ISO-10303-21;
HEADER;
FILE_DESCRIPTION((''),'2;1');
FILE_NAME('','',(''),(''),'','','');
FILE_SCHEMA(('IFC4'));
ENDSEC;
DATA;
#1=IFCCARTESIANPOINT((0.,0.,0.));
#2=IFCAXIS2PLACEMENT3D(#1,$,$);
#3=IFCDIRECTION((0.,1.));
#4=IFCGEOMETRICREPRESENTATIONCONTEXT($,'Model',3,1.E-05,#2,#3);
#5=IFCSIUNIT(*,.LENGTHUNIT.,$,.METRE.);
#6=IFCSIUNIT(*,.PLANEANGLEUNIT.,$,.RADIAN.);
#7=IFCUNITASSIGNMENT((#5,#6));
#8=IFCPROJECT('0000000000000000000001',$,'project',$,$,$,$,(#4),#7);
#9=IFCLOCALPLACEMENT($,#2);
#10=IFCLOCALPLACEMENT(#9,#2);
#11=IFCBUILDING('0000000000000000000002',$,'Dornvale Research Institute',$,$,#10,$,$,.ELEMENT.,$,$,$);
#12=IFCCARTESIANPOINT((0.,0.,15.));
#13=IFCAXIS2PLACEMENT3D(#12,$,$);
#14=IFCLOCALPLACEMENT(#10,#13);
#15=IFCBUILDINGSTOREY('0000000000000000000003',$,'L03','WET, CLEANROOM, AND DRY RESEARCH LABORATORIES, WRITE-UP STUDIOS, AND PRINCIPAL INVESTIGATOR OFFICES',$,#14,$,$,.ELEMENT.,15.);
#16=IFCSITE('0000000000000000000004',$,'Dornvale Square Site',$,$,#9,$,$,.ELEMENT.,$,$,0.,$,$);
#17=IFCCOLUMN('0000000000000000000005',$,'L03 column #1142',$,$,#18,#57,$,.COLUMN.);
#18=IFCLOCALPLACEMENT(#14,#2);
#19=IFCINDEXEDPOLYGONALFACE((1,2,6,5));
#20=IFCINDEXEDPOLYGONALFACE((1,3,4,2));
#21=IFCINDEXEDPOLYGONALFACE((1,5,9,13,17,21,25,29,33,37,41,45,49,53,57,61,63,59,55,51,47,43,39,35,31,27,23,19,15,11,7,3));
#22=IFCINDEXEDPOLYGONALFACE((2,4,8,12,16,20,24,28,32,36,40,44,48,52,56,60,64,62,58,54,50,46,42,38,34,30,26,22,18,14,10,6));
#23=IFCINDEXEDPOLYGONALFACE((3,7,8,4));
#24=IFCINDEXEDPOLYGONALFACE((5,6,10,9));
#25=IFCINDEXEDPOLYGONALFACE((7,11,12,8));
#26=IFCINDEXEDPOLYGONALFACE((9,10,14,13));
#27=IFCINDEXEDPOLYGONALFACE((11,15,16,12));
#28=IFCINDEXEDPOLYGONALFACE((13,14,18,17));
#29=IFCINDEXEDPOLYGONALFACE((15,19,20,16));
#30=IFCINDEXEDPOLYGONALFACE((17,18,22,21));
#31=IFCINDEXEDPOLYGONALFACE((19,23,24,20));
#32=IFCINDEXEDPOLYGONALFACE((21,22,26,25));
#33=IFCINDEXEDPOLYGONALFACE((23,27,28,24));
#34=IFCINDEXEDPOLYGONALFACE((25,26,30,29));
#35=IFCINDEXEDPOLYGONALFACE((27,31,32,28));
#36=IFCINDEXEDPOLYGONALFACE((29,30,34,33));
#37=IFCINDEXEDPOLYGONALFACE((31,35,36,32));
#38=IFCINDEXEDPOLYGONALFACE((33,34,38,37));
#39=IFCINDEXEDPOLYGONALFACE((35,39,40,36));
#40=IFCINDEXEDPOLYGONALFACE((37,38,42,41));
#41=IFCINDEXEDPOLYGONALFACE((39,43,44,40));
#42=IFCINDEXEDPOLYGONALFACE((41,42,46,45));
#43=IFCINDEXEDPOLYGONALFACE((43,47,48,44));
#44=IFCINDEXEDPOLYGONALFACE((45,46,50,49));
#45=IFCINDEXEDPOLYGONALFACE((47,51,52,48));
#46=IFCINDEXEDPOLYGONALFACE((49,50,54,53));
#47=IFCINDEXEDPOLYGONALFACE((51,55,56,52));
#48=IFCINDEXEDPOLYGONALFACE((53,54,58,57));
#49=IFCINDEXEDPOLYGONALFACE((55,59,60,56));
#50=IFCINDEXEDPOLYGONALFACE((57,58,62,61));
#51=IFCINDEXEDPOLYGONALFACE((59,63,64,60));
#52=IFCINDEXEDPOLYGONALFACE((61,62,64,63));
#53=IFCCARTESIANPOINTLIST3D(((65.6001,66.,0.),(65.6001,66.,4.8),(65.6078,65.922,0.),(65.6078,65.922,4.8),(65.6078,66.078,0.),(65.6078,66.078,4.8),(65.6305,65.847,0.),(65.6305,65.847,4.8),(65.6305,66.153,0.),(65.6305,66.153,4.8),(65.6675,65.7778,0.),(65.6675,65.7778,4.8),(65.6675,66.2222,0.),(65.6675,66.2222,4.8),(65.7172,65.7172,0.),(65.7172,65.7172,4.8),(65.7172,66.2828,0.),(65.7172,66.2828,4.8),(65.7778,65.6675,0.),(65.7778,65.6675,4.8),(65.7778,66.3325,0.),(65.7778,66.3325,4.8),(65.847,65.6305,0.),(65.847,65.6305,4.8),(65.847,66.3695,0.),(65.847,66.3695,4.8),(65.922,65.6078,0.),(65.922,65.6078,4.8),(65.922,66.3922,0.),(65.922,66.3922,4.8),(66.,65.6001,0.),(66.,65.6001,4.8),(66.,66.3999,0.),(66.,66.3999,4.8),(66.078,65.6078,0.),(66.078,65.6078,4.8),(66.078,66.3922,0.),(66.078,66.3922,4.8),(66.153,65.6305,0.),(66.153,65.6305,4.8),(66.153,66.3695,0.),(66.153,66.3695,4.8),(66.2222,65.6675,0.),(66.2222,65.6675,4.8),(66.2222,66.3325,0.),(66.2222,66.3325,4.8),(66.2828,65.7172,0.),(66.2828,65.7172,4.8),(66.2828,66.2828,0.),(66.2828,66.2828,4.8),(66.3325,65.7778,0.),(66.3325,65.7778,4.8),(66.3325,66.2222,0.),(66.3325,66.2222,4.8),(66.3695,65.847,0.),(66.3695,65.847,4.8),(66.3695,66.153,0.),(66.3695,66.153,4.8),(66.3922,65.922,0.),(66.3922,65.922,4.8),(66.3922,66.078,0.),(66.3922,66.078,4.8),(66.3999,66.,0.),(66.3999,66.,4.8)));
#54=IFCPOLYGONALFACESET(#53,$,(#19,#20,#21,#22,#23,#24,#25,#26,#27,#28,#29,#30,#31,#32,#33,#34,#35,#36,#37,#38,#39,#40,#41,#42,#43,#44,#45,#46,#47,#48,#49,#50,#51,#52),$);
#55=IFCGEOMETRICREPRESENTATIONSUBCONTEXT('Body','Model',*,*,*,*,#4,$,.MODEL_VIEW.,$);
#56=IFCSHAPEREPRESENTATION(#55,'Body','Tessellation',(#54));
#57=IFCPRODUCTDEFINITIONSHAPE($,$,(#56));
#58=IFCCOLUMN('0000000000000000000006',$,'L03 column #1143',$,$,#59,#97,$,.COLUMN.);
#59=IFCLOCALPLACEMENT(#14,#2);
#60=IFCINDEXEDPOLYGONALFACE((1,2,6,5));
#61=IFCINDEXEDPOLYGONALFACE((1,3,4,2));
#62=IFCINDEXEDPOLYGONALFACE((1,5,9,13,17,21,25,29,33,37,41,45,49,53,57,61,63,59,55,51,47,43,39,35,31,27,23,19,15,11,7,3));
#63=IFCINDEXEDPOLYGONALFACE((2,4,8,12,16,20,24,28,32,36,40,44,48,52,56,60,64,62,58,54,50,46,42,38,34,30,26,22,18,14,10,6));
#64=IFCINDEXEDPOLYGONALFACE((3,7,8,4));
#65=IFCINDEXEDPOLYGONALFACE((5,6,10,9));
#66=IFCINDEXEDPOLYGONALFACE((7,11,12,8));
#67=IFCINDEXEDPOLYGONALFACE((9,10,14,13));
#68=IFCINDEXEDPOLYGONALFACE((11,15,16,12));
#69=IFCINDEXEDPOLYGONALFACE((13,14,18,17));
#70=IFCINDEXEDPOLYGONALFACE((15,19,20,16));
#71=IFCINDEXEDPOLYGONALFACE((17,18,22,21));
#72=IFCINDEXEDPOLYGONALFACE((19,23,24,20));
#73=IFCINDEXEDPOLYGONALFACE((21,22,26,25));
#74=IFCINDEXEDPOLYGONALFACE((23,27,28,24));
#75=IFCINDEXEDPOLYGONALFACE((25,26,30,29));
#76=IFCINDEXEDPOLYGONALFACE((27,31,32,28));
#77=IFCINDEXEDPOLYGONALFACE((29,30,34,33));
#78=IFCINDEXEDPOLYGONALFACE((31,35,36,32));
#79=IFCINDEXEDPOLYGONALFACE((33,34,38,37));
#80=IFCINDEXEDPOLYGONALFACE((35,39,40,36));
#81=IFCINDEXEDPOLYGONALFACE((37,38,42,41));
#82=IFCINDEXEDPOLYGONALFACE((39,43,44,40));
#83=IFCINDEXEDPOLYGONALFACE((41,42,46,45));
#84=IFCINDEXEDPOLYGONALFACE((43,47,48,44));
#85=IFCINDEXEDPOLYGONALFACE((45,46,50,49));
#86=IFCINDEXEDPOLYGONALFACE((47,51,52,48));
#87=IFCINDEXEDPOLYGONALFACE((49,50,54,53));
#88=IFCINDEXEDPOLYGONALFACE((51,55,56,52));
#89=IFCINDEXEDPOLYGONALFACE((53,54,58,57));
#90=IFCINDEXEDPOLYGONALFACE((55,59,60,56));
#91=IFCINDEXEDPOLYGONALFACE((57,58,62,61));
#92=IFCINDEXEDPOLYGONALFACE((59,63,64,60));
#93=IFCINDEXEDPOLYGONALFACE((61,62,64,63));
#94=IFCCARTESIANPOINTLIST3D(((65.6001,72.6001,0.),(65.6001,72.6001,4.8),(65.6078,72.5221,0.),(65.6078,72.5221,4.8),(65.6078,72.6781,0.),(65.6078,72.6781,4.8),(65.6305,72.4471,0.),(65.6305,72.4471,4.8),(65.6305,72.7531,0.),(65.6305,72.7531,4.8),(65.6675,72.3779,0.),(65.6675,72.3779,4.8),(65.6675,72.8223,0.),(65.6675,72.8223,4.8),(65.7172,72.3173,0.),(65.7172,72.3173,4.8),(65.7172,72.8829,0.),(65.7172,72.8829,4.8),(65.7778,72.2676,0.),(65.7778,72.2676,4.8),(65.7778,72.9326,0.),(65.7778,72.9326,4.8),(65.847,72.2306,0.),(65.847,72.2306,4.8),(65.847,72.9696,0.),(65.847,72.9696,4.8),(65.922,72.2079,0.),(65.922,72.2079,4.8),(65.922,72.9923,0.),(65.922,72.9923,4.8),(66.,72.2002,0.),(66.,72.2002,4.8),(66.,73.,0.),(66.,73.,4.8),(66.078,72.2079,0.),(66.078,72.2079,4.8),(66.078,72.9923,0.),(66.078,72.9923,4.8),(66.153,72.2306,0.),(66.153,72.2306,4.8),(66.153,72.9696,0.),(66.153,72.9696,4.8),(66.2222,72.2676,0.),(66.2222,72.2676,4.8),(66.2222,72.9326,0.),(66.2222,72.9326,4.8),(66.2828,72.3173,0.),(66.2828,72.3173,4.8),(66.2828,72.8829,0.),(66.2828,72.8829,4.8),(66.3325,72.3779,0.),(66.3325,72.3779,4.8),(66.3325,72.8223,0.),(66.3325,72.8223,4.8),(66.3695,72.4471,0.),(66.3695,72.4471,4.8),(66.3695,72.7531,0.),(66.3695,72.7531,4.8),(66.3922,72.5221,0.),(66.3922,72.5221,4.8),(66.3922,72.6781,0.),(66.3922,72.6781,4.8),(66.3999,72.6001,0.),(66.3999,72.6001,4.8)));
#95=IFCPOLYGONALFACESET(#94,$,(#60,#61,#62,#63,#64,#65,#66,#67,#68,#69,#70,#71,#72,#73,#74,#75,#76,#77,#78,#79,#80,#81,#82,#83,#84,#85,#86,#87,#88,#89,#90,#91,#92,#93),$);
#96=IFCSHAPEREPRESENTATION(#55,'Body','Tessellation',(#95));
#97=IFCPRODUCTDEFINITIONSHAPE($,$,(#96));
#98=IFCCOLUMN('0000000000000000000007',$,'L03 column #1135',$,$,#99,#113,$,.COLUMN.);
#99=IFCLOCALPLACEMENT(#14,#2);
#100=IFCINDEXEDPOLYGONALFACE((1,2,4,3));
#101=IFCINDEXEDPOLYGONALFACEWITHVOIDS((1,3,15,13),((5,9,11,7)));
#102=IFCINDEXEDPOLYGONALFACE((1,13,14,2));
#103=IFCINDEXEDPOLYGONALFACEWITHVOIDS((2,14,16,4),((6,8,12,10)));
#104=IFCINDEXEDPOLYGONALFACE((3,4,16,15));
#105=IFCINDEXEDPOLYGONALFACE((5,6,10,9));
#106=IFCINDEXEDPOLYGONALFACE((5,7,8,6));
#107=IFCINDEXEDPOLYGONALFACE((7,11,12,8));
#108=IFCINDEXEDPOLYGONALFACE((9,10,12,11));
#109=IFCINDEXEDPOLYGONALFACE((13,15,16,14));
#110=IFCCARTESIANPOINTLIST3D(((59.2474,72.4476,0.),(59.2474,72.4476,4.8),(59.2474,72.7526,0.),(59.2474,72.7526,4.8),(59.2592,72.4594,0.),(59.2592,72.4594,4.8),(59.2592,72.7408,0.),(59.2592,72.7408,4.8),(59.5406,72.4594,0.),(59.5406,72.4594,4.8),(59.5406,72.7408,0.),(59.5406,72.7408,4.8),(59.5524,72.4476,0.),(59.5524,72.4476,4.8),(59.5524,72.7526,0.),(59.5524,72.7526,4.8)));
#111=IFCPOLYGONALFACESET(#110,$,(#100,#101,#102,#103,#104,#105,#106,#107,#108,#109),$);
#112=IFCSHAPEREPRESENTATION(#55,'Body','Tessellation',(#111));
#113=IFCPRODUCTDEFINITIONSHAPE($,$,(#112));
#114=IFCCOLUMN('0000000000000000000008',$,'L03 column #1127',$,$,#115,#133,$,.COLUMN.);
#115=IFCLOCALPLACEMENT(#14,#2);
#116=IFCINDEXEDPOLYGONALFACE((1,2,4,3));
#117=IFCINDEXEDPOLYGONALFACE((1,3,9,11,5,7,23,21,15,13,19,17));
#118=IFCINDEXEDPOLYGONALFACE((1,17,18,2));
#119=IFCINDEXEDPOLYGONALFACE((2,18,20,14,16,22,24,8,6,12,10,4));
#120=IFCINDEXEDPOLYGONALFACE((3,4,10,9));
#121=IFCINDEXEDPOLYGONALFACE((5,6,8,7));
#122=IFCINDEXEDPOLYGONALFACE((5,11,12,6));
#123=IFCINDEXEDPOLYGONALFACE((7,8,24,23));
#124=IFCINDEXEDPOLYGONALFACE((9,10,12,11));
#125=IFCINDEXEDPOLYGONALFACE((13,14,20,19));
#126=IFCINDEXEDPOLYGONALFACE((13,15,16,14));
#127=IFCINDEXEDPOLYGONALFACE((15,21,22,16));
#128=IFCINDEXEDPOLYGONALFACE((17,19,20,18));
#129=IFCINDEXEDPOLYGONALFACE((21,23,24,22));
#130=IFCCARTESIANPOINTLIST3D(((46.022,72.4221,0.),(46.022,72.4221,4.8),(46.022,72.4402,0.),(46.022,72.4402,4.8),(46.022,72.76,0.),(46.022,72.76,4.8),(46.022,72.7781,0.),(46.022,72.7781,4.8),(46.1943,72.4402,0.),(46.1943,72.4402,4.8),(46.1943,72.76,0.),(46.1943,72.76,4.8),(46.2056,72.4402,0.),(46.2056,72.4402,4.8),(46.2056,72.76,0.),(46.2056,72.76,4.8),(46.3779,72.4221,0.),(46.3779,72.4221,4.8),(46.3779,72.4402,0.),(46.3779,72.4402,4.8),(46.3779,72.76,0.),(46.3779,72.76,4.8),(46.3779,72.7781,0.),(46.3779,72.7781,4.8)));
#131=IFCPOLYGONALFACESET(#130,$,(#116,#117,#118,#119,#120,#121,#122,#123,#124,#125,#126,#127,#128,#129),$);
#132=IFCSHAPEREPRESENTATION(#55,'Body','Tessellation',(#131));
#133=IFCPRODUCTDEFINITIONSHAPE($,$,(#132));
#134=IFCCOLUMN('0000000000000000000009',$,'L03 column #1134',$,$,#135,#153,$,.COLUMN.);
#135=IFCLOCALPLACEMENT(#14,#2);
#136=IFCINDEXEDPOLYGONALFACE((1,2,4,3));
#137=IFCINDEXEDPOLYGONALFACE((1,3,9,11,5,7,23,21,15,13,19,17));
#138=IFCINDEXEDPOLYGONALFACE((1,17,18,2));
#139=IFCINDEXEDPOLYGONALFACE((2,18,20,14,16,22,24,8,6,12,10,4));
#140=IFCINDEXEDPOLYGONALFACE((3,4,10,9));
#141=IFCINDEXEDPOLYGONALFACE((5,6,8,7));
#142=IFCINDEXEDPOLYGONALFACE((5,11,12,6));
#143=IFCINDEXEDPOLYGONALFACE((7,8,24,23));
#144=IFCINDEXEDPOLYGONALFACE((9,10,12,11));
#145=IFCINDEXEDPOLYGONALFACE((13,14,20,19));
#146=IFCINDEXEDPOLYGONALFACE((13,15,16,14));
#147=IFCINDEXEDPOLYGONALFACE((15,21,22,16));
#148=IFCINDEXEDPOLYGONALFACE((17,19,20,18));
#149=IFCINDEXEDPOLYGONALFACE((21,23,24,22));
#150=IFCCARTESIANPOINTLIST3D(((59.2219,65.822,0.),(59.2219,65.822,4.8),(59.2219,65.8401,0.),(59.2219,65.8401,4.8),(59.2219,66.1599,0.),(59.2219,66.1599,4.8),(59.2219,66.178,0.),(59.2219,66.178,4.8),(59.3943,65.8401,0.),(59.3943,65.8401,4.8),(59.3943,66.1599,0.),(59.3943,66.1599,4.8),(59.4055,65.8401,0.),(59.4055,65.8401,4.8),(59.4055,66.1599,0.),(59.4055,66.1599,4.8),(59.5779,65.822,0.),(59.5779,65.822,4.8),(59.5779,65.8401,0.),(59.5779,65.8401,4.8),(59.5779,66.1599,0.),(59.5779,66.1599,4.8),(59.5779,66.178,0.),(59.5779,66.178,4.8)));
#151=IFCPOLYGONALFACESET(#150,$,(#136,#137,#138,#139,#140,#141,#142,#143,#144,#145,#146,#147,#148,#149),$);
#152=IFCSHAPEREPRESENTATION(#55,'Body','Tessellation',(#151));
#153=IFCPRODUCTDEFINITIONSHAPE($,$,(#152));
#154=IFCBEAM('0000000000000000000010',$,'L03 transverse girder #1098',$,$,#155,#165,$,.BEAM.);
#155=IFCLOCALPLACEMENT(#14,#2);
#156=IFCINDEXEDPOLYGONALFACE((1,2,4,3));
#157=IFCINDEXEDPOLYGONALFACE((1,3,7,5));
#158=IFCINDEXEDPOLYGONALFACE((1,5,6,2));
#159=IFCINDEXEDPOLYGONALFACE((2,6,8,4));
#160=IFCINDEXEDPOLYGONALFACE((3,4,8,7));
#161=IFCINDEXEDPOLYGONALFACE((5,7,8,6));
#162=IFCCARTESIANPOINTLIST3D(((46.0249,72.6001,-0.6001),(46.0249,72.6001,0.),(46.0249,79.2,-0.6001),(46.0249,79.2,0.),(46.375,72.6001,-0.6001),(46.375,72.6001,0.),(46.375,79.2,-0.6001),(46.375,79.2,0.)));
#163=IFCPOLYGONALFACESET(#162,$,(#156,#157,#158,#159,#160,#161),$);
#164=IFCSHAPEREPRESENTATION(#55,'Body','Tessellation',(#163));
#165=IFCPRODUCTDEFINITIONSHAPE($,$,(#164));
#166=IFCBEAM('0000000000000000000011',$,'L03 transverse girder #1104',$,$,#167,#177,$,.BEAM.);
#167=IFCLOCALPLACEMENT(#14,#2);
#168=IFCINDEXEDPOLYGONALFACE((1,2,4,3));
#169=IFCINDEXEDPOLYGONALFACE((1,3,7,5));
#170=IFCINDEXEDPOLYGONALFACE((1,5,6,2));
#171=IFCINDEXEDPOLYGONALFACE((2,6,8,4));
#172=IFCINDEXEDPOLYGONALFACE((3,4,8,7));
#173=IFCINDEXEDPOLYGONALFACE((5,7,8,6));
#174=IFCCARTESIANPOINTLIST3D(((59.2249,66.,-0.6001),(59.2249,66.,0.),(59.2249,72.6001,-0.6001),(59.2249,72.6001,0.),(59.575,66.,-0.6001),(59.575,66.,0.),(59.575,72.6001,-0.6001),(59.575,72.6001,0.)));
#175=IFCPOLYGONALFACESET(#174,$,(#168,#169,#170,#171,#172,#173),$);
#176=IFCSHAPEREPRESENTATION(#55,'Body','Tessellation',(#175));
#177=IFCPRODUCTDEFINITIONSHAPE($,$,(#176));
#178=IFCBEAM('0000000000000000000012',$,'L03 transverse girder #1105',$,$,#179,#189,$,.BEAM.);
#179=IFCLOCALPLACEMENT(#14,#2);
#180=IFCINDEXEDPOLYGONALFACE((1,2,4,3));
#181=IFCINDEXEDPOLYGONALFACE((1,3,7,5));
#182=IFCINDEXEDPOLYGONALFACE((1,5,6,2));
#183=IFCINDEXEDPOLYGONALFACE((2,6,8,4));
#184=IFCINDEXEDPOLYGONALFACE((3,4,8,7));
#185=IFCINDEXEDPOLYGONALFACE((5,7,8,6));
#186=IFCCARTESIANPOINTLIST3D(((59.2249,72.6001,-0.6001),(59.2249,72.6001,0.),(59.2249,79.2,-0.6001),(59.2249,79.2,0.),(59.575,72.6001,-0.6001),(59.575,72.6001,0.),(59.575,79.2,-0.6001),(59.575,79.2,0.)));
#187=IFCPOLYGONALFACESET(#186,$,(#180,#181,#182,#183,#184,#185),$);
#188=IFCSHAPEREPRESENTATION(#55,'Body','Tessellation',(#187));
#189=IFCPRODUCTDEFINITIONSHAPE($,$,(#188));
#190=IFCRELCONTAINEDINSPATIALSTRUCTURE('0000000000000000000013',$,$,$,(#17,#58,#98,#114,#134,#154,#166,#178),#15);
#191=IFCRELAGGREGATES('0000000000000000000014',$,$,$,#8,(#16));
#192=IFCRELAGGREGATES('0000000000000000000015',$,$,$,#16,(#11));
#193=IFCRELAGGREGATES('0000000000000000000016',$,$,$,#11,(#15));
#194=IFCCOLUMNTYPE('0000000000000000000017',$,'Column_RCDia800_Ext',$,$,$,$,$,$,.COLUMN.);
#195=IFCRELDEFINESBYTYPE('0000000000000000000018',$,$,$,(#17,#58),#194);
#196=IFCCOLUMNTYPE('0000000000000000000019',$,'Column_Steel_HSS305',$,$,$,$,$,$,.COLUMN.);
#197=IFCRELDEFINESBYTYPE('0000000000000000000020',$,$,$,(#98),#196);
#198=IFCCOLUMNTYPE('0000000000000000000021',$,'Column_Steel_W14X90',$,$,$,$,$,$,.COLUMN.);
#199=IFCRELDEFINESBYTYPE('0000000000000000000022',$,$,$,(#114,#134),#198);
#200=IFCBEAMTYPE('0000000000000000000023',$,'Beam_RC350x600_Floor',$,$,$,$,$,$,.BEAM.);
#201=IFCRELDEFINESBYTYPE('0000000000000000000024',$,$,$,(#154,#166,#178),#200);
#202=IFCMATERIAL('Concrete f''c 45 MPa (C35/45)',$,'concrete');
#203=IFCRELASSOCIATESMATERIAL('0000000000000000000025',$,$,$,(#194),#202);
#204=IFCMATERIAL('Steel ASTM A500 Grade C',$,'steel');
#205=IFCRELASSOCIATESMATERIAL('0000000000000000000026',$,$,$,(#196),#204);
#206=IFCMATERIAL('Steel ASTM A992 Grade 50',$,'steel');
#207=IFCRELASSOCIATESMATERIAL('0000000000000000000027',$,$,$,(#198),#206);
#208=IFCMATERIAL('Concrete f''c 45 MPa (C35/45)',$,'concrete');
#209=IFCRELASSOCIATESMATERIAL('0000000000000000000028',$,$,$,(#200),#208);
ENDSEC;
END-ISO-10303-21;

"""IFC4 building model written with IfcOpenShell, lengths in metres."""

from ifc_helpers import new_model, si_unit, direction, frame, origin, origin_2d, place, context, subcontext, project, spatial, rectangle, hollow_rectangle, circle, i_section, extrude, material, material_profile, profile_set, type_object, element, save


model = new_model("IFC4")

# Units and contexts
model_context = context("Model", 3, precision=1e-05, world=origin(), true_north=direction((0.0, 1.0)))
body_context = subcontext(model_context, "Body", "Model", "MODEL_VIEW")
ifc_project = project(units=[si_unit("LENGTHUNIT", "METRE"), si_unit("PLANEANGLEUNIT", "RADIAN")], contexts=[model_context])

# Site, building, storey
site_placement = place(None, origin())
site = spatial("IfcSite", under=ifc_project, at=site_placement, Name="Dornvale Square Site", CompositionType="ELEMENT", RefElevation=0.0)
building_placement = place(site_placement, origin())
building = spatial("IfcBuilding", under=site, at=building_placement, Name="Dornvale Research Institute", CompositionType="ELEMENT")
storey_placement = place(building_placement, frame((0.0, 0.0, 15.0)))
storey = spatial("IfcBuildingStorey", under=building, at=storey_placement, Name="L03", Description="WET, CLEANROOM, AND DRY RESEARCH LABORATORIES, WRITE-UP STUDIOS, AND PRINCIPAL INVESTIGATOR OFFICES", CompositionType="ELEMENT", Elevation=15.0)

# Columns
ifc_material_1 = material(Name="Concrete f'c 45 MPa (C35/45)", Category="concrete")
ifc_material_profile_1 = material_profile(ifc_material_1, circle(Radius=0.3999, at=origin_2d()), Name="RC DIA 800")
ifc_profile_set_1 = profile_set([ifc_material_profile_1], Name="Concrete f'c 45 MPa (C35/45)")
column_type_1 = type_object("IfcColumnType", Name="Column_RCDia800_Ext", PredefinedType="COLUMN", material=ifc_profile_set_1)
for number, where, z_axis, x_axis, name in (
    (1, (66.0, 66.0, 0.0), (0.0, 0.0, 1.0), (1.0, 0.0, 0.0), "L03 column #1142"),
    (2, (66.0, 72.6001, 0.0), (0.0, 0.0, 1.0), (1.0, 0.0, 0.0), "L03 column #1143"),
):
    element("IfcColumn", number, at=place(storey_placement, frame(where, z_axis=z_axis, x_axis=x_axis)), inside=storey, type_object=column_type_1, Name=name, PredefinedType="COLUMN", context=body_context, shape_type="SweptSolid", body=[
        extrude(circle(Radius=0.3999, at=origin_2d()), origin(), (0.0, 0.0, 1.0), 4.8),
    ])
ifc_material_2 = material(Name="Steel ASTM A500 Grade C", Category="steel")
ifc_material_profile_2 = material_profile(ifc_material_2, hollow_rectangle(XDim=0.3049, YDim=0.3049, WallThickness=0.0117, at=origin_2d()), Name="HSS305X305X12.7")
ifc_profile_set_2 = profile_set([ifc_material_profile_2], Name="Steel ASTM A500 Grade C")
column_type_2 = type_object("IfcColumnType", Name="Column_Steel_HSS305", PredefinedType="COLUMN", material=ifc_profile_set_2)
column_placement = place(storey_placement, frame((59.3999, 72.6001, 0.0), z_axis=(0.0, 0.0, 1.0), x_axis=(1.0, 0.0, 0.0)))
element("IfcColumn", 3, at=column_placement, inside=storey, type_object=column_type_2, Name="L03 column #1135", PredefinedType="COLUMN", context=body_context, shape_type="SweptSolid", body=[
    extrude(hollow_rectangle(XDim=0.3049, YDim=0.3049, WallThickness=0.0117, at=origin_2d()), origin(), (0.0, 0.0, 1.0), 4.8),
])
ifc_material_3 = material(Name="Steel ASTM A992 Grade 50", Category="steel")
ifc_material_profile_3 = material_profile(ifc_material_3, i_section(OverallWidth=0.356, OverallDepth=0.356, WebThickness=0.0112, FlangeThickness=0.0181, at=origin_2d()), Name="W14X90")
ifc_profile_set_3 = profile_set([ifc_material_profile_3], Name="Steel ASTM A992 Grade 50")
column_type_3 = type_object("IfcColumnType", Name="Column_Steel_W14X90", PredefinedType="COLUMN", material=ifc_profile_set_3)
for number, where, z_axis, x_axis, name in (
    (4, (46.2, 72.6001, 0.0), (0.0, 0.0, 1.0), (1.0, 0.0, 0.0), "L03 column #1127"),
    (5, (59.3999, 66.0, 0.0), (0.0, 0.0, 1.0), (1.0, 0.0, 0.0), "L03 column #1134"),
):
    element("IfcColumn", number, at=place(storey_placement, frame(where, z_axis=z_axis, x_axis=x_axis)), inside=storey, type_object=column_type_3, Name=name, PredefinedType="COLUMN", context=body_context, shape_type="SweptSolid", body=[
        extrude(i_section(OverallWidth=0.356, OverallDepth=0.356, WebThickness=0.0112, FlangeThickness=0.0181, at=origin_2d()), origin(), (0.0, 0.0, 1.0), 4.8),
    ])

# Beams
ifc_material_4 = material(Name="Concrete f'c 45 MPa (C35/45)", Category="concrete")
ifc_material_profile_4 = material_profile(ifc_material_4, rectangle(XDim=0.3501, YDim=0.6001, at=origin_2d()), Name="RC 350x600")
ifc_profile_set_4 = profile_set([ifc_material_profile_4], Name="Concrete f'c 45 MPa (C35/45)")
beam_type_1 = type_object("IfcBeamType", Name="Beam_RC350x600_Floor", PredefinedType="BEAM", material=ifc_profile_set_4)
beam_1_placement = place(storey_placement, frame((46.2, 72.6001, -0.3), z_axis=(0.0, 1.0, 0.0), x_axis=(-1.0, 0.0, 0.0)))
element("IfcBeam", 6, at=beam_1_placement, inside=storey, type_object=beam_type_1, Name="L03 transverse girder #1098", PredefinedType="BEAM", context=body_context, shape_type="SweptSolid", body=[
    extrude(rectangle(XDim=0.3501, YDim=0.6001, at=origin_2d()), origin(), (0.0, 0.0, 1.0), 6.5999),
])
beam_2_placement = place(storey_placement, frame((59.3999, 66.0, -0.3), z_axis=(0.0, 1.0, 0.0), x_axis=(-1.0, 0.0, 0.0)))
element("IfcBeam", 7, at=beam_2_placement, inside=storey, type_object=beam_type_1, Name="L03 transverse girder #1104", PredefinedType="BEAM", context=body_context, shape_type="SweptSolid", body=[
    extrude(rectangle(XDim=0.3501, YDim=0.6001, at=origin_2d()), origin(), (0.0, 0.0, 1.0), 6.6001),
])
beam_3_placement = place(storey_placement, frame((59.3999, 72.6001, -0.3), z_axis=(0.0, 1.0, 0.0), x_axis=(-1.0, 0.0, 0.0)))
element("IfcBeam", 8, at=beam_3_placement, inside=storey, type_object=beam_type_1, Name="L03 transverse girder #1105", PredefinedType="BEAM", context=body_context, shape_type="SweptSolid", body=[
    extrude(rectangle(XDim=0.3501, YDim=0.6001, at=origin_2d()), origin(), (0.0, 0.0, 1.0), 6.5999),
])

save(model, "model.ifc")
